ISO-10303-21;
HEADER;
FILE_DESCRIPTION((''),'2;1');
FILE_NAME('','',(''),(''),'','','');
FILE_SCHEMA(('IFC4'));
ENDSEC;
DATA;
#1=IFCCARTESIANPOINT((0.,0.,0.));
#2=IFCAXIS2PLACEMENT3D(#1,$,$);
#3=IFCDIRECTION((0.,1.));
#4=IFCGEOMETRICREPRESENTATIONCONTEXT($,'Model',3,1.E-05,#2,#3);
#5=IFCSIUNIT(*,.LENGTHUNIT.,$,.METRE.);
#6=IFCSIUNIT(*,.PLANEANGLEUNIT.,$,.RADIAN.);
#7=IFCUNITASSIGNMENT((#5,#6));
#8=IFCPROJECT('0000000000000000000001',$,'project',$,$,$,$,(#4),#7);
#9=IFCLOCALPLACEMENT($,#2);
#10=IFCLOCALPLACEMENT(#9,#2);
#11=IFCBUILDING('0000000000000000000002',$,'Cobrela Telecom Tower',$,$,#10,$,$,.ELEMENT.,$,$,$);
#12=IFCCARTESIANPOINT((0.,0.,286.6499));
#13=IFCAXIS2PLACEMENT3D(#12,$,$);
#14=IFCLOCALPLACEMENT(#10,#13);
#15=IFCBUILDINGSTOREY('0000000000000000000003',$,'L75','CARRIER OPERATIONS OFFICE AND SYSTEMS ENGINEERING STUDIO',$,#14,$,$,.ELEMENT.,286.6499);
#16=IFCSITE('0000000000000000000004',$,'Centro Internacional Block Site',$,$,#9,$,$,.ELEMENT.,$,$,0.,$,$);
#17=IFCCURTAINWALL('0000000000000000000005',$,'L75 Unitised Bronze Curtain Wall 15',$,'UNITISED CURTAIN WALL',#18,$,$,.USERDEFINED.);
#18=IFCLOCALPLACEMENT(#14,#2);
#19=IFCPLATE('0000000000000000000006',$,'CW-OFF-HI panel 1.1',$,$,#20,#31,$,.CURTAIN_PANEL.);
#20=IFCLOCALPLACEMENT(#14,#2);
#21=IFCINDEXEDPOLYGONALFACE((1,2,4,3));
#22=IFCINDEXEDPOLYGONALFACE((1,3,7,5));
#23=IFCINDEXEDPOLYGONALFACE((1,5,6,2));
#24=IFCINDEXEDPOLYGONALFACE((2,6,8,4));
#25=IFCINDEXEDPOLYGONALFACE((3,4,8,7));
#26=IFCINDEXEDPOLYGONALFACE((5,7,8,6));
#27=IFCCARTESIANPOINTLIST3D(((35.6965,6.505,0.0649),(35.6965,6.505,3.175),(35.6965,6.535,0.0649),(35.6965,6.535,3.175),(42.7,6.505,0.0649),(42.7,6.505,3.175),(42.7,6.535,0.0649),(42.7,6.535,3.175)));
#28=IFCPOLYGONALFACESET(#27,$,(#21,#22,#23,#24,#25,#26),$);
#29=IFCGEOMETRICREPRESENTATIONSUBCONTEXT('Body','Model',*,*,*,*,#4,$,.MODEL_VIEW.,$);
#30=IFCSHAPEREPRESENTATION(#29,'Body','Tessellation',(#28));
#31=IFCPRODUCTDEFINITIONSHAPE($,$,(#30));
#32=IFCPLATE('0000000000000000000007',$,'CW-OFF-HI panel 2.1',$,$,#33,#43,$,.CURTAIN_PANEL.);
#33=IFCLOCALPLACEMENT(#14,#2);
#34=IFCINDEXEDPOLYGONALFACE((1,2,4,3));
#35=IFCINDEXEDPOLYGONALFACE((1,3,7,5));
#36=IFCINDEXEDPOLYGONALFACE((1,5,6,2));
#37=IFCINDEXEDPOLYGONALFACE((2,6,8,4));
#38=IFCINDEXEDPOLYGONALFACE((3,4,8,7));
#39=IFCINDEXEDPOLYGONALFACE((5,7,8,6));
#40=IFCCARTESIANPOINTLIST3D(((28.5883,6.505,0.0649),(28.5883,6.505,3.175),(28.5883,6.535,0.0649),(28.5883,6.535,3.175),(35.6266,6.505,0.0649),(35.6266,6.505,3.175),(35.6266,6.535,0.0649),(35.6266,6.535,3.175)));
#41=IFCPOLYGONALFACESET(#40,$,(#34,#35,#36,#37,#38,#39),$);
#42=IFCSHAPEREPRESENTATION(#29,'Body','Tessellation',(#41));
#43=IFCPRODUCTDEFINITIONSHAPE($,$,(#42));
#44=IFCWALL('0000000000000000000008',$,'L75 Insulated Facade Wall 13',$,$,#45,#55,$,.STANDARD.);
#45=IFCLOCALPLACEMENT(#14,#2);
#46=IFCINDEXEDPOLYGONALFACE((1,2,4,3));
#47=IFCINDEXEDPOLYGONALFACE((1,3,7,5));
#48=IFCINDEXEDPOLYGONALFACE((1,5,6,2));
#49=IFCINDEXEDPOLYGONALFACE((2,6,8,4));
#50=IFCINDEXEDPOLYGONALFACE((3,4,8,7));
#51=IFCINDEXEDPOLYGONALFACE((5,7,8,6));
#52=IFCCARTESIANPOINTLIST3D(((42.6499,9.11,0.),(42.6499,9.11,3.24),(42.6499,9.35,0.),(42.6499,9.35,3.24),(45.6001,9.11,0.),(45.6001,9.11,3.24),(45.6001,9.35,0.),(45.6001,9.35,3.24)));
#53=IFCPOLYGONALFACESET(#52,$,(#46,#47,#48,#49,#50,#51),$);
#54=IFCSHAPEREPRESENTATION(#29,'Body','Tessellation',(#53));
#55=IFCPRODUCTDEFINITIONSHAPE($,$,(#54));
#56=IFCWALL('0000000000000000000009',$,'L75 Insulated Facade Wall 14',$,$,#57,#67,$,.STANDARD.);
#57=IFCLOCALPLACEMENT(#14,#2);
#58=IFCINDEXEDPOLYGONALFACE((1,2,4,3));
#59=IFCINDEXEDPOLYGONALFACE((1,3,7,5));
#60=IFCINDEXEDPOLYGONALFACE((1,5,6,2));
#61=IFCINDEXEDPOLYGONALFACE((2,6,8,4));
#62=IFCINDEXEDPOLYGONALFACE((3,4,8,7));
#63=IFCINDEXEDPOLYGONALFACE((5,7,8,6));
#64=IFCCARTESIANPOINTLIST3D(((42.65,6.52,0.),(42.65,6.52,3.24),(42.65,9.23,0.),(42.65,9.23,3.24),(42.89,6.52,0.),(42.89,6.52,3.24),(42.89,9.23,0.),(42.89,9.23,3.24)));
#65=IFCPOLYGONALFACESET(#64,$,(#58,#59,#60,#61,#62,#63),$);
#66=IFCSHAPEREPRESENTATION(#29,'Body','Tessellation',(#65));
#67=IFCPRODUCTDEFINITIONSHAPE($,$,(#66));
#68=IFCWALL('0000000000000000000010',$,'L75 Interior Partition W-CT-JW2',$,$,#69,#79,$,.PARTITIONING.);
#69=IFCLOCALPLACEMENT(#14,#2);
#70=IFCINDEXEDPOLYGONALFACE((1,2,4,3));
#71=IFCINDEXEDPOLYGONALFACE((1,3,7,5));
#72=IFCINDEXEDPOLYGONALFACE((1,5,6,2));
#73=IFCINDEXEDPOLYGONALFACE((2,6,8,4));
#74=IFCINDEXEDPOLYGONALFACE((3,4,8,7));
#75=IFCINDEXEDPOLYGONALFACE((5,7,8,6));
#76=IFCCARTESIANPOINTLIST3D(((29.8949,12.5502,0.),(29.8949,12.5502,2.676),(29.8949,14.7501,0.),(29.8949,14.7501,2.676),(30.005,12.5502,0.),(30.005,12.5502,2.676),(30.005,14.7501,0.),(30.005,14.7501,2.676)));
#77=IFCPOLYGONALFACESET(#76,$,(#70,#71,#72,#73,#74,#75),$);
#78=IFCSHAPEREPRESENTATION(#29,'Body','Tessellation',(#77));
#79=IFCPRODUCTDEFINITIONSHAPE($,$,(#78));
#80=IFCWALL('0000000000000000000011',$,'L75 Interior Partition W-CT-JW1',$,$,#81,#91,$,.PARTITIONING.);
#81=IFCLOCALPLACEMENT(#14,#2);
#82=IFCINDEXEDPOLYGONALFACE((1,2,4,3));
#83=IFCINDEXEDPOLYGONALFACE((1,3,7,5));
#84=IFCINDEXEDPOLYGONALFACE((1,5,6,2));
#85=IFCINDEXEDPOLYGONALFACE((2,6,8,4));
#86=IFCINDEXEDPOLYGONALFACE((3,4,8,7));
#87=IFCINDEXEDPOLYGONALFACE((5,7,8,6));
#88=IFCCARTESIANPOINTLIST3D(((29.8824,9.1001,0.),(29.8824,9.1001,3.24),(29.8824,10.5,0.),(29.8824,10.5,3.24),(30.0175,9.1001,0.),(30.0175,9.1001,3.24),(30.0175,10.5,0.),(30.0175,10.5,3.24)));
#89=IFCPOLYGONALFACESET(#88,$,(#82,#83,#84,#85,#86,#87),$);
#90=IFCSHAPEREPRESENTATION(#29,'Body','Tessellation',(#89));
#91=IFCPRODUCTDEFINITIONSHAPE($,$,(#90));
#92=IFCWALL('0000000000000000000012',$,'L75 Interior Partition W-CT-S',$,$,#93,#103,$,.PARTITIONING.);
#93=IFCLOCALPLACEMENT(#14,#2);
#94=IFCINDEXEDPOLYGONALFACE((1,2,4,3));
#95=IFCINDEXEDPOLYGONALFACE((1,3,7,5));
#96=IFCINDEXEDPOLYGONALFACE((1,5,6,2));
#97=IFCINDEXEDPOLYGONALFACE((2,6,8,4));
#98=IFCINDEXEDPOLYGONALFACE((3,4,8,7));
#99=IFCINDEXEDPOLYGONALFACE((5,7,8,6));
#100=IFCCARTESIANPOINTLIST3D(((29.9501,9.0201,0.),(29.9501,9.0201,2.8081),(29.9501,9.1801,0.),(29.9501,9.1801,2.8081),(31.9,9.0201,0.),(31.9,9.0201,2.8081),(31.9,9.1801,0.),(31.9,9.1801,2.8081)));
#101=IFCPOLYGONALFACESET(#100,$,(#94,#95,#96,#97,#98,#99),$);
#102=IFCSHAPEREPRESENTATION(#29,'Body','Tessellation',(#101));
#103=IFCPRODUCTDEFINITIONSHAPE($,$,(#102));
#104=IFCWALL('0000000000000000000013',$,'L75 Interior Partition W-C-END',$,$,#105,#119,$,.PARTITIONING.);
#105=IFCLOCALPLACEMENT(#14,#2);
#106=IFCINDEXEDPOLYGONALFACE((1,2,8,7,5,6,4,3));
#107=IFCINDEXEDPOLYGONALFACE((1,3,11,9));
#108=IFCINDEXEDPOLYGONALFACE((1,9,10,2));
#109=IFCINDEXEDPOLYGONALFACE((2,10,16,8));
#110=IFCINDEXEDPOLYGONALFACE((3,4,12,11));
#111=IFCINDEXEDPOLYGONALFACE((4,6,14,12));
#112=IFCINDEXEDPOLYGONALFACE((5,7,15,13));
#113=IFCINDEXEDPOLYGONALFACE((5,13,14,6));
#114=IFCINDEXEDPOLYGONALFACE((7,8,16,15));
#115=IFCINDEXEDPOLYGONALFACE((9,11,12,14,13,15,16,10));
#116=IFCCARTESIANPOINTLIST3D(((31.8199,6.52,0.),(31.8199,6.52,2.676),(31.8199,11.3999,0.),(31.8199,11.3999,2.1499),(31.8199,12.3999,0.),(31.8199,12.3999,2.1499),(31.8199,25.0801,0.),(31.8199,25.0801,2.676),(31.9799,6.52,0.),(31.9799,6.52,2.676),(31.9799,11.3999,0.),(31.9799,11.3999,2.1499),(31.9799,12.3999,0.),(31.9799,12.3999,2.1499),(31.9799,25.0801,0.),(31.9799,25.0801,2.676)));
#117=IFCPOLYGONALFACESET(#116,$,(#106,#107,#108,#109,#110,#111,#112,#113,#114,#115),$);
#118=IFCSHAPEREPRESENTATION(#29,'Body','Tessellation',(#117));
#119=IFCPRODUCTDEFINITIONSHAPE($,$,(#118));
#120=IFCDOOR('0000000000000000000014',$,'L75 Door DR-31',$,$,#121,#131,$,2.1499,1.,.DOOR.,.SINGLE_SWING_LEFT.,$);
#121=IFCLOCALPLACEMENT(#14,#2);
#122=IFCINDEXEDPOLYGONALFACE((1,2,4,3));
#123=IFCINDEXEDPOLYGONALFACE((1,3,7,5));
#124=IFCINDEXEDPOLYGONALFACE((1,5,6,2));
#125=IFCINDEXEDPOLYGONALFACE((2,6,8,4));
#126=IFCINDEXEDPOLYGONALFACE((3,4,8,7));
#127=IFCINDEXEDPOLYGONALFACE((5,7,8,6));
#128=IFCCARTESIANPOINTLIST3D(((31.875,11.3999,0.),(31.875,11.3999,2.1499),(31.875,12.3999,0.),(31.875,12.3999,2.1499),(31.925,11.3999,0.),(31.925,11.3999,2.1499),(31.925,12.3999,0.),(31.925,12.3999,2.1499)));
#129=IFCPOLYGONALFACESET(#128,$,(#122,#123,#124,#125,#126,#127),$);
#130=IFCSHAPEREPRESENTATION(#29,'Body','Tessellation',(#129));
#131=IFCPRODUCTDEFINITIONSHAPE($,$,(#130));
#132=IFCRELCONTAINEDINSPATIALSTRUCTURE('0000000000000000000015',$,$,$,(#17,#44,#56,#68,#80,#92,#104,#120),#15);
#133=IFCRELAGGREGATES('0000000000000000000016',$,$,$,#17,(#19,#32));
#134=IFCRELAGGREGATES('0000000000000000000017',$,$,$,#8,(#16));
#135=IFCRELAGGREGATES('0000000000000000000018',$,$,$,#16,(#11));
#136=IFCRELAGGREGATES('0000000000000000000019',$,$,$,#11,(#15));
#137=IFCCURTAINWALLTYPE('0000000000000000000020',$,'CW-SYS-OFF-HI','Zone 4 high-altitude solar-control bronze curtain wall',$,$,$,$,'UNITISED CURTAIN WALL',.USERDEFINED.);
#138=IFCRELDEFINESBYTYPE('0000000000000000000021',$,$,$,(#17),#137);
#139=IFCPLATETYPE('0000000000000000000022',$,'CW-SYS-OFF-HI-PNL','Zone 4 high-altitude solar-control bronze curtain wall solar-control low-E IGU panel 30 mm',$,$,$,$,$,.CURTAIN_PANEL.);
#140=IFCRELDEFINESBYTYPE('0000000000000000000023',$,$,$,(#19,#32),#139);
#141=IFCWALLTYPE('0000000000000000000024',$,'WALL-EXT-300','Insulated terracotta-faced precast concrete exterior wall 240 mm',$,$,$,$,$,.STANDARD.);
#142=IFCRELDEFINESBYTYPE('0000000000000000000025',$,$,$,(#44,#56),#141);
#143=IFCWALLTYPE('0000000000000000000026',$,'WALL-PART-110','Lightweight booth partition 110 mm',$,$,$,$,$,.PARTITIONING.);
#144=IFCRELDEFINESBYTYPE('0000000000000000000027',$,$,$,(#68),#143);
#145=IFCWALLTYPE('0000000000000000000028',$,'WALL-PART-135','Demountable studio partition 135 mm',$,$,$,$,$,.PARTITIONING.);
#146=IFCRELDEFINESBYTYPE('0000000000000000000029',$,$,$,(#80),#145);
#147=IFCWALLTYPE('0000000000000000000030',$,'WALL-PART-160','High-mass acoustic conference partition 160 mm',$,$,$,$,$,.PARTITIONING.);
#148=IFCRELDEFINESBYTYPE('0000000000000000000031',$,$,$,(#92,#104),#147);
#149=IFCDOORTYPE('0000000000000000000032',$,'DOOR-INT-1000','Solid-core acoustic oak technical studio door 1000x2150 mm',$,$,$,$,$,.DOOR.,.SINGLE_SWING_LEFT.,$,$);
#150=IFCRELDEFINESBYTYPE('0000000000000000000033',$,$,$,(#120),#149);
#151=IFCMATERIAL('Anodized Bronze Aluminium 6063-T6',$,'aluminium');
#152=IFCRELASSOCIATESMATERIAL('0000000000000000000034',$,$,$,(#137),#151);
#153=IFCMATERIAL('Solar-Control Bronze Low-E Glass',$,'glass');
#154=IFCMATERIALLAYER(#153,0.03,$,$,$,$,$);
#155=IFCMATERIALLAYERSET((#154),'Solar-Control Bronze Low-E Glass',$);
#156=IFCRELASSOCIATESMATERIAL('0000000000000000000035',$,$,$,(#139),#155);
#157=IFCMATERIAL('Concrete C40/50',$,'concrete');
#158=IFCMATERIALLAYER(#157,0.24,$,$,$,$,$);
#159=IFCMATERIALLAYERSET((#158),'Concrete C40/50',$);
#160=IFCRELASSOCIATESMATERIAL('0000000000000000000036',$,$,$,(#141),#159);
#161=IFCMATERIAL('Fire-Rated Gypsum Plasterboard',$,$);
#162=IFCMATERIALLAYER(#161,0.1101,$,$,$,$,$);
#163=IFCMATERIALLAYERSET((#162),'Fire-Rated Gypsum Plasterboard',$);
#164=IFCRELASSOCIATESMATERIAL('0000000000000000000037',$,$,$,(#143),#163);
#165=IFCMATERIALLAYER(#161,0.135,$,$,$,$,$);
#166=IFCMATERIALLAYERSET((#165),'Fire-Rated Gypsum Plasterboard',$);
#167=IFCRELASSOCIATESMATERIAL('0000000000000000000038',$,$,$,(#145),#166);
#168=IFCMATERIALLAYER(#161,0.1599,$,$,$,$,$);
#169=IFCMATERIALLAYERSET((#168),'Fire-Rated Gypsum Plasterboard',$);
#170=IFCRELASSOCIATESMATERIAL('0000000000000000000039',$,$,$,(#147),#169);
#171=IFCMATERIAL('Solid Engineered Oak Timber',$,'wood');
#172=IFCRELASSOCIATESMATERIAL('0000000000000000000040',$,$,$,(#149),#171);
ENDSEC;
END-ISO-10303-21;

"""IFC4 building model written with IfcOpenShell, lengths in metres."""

from ifc_helpers import new_model, si_unit, direction, frame, frame_2d, origin, origin_2d, place, context, subcontext, project, spatial, rectangle, extrude, material, layer, layer_set, type_object, element, fill, aggregate, save


model = new_model("IFC4")

# Units and contexts
model_context = context("Model", 3, precision=1e-05, world=origin(), true_north=direction((0.0, 1.0)))
body_context = subcontext(model_context, "Body", "Model", "MODEL_VIEW")
ifc_project = project(units=[si_unit("LENGTHUNIT", "METRE"), si_unit("PLANEANGLEUNIT", "RADIAN")], contexts=[model_context])

# Site, building, storey
site_placement = place(None, origin())
site = spatial("IfcSite", under=ifc_project, at=site_placement, Name="Centro Internacional Block Site", CompositionType="ELEMENT", RefElevation=0.0)
building_placement = place(site_placement, origin())
building = spatial("IfcBuilding", under=site, at=building_placement, Name="Cobrela Telecom Tower", CompositionType="ELEMENT")
storey_placement = place(building_placement, frame((0.0, 0.0, 286.6499)))
storey = spatial("IfcBuildingStorey", under=building, at=storey_placement, Name="L75", Description="CARRIER OPERATIONS OFFICE AND SYSTEMS ENGINEERING STUDIO", CompositionType="ELEMENT", Elevation=286.6499)

# Shared definitions
ifc_material_1 = material(Name="Anodized Bronze Aluminium 6063-T6", Category="aluminium")
curtain_wall_type = type_object("IfcCurtainWallType", Name="CW-SYS-OFF-HI", Description="Zone 4 high-altitude solar-control bronze curtain wall", ElementType="UNITISED CURTAIN WALL", PredefinedType="USERDEFINED", material=ifc_material_1)

# Curtain wall
curtain_wall_1_placement = place(storey_placement, origin())
curtain_wall_1 = element("IfcCurtainWall", 1, at=curtain_wall_1_placement, inside=storey, type_object=curtain_wall_type, Name="L75 Unitised Bronze Curtain Wall 15", ObjectType="UNITISED CURTAIN WALL", PredefinedType="USERDEFINED")

# Plates
ifc_material_2 = material(Name="Solar-Control Bronze Low-E Glass", Category="glass")
ifc_layer_1 = layer(ifc_material_2, 0.03)
ifc_layer_set_1 = layer_set([ifc_layer_1], Name="Solar-Control Bronze Low-E Glass")
plate_type = type_object("IfcPlateType", Name="CW-SYS-OFF-HI-PNL", Description="Zone 4 high-altitude solar-control bronze curtain wall solar-control low-E IGU panel 30 mm", PredefinedType="CURTAIN_PANEL", material=ifc_layer_set_1)
plate_1_placement = place(storey_placement, frame((39.1982, 6.52, 0.0649), z_axis=(0.0, 0.0, 1.0), x_axis=(-1.0, 0.0, 0.0)))
plate_1 = element("IfcPlate", 2, at=plate_1_placement, type_object=plate_type, Name="CW-OFF-HI panel 1.1", PredefinedType="CURTAIN_PANEL", context=body_context, shape_type="SweptSolid", body=[
    extrude(rectangle(XDim=7.0034, YDim=0.03, at=origin_2d()), origin(), (0.0, 0.0, 1.0), 3.1101),
])
plate_2_placement = place(storey_placement, frame((32.1074, 6.52, 0.0649), z_axis=(0.0, 0.0, 1.0), x_axis=(-1.0, 0.0, 0.0)))
plate_2 = element("IfcPlate", 3, at=plate_2_placement, type_object=plate_type, Name="CW-OFF-HI panel 2.1", PredefinedType="CURTAIN_PANEL", context=body_context, shape_type="SweptSolid", body=[
    extrude(rectangle(XDim=7.0383, YDim=0.03, at=origin_2d()), origin(), (0.0, 0.0, 1.0), 3.1101),
])
aggregate(curtain_wall_1, [plate_1, plate_2])

# Walls
ifc_material_3 = material(Name="Concrete C40/50", Category="concrete")
ifc_layer_2 = layer(ifc_material_3, 0.24)
ifc_layer_set_2 = layer_set([ifc_layer_2], Name="Concrete C40/50")
wall_type_1 = type_object("IfcWallType", Name="WALL-EXT-300", Description="Insulated terracotta-faced precast concrete exterior wall 240 mm", PredefinedType="STANDARD", material=ifc_layer_set_2)
wall_1_placement = place(storey_placement, frame((45.6001, 9.23, 0.0), z_axis=(0.0, 0.0, 1.0), x_axis=(-1.0, 0.0, 0.0)))
element("IfcWall", 4, at=wall_1_placement, inside=storey, type_object=wall_type_1, Name="L75 Insulated Facade Wall 13", PredefinedType="STANDARD", context=body_context, shape_type="SweptSolid", body=[
    extrude(rectangle(XDim=2.9502, YDim=0.24, at=frame_2d((1.4751, 0.0))), origin(), (0.0, 0.0, 1.0), 3.24),
])
wall_2_placement = place(storey_placement, frame((42.77, 9.23, 0.0), z_axis=(0.0, 0.0, 1.0), x_axis=(0.0, -1.0, 0.0)))
element("IfcWall", 5, at=wall_2_placement, inside=storey, type_object=wall_type_1, Name="L75 Insulated Facade Wall 14", PredefinedType="STANDARD", context=body_context, shape_type="SweptSolid", body=[
    extrude(rectangle(XDim=2.71, YDim=0.24, at=frame_2d((1.355, 0.0))), origin(), (0.0, 0.0, 1.0), 3.24),
])
ifc_material_4 = material(Name="Fire-Rated Gypsum Plasterboard")
ifc_layer_3 = layer(ifc_material_4, 0.1101)
ifc_layer_set_3 = layer_set([ifc_layer_3], Name="Fire-Rated Gypsum Plasterboard")
wall_type_2 = type_object("IfcWallType", Name="WALL-PART-110", Description="Lightweight booth partition 110 mm", PredefinedType="PARTITIONING", material=ifc_layer_set_3)
wall_3_placement = place(storey_placement, frame((29.95, 12.55, 0.0), z_axis=(0.0, 0.0, 1.0), x_axis=(0.0, 1.0, 0.0)))
element("IfcWall", 6, at=wall_3_placement, inside=storey, type_object=wall_type_2, Name="L75 Interior Partition W-CT-JW2", PredefinedType="PARTITIONING", context=body_context, shape_type="SweptSolid", body=[
    extrude(rectangle(XDim=2.2, YDim=0.1101, at=frame_2d((1.1001, 0.0))), origin(), (0.0, 0.0, 1.0), 2.676),
])
ifc_layer_4 = layer(ifc_material_4, 0.135)
ifc_layer_set_4 = layer_set([ifc_layer_4], Name="Fire-Rated Gypsum Plasterboard")
wall_type_3 = type_object("IfcWallType", Name="WALL-PART-135", Description="Demountable studio partition 135 mm", PredefinedType="PARTITIONING", material=ifc_layer_set_4)
wall_4_placement = place(storey_placement, frame((29.95, 9.1001, 0.0), z_axis=(0.0, 0.0, 1.0), x_axis=(0.0, 1.0, 0.0)))
element("IfcWall", 7, at=wall_4_placement, inside=storey, type_object=wall_type_3, Name="L75 Interior Partition W-CT-JW1", PredefinedType="PARTITIONING", context=body_context, shape_type="SweptSolid", body=[
    extrude(rectangle(XDim=1.3999, YDim=0.135, at=frame_2d((0.7, 0.0))), origin(), (0.0, 0.0, 1.0), 3.24),
])
ifc_layer_5 = layer(ifc_material_4, 0.1599)
ifc_layer_set_5 = layer_set([ifc_layer_5], Name="Fire-Rated Gypsum Plasterboard")
wall_type_4 = type_object("IfcWallType", Name="WALL-PART-160", Description="High-mass acoustic conference partition 160 mm", PredefinedType="PARTITIONING", material=ifc_layer_set_5)
wall_5_placement = place(storey_placement, frame((29.95, 9.1001, 0.0), z_axis=(0.0, 0.0, 1.0), x_axis=(1.0, 0.0, 0.0)))
element("IfcWall", 8, at=wall_5_placement, inside=storey, type_object=wall_type_4, Name="L75 Interior Partition W-CT-S", PredefinedType="PARTITIONING", context=body_context, shape_type="SweptSolid", body=[
    extrude(rectangle(XDim=1.95, YDim=0.1599, at=frame_2d((0.9751, 0.0))), origin(), (0.0, 0.0, 1.0), 2.8081),
])

# Wall, opening, door
wall_6_placement = place(storey_placement, frame((31.8999, 6.52, 0.0), z_axis=(0.0, 0.0, 1.0), x_axis=(0.0, 1.0, 0.0)))
wall_6 = element("IfcWall", 9, at=wall_6_placement, inside=storey, type_object=wall_type_4, Name="L75 Interior Partition W-C-END", PredefinedType="PARTITIONING", context=body_context, shape_type="SweptSolid", body=[
    extrude(rectangle(XDim=18.5601, YDim=0.1599, at=frame_2d((9.28, 0.0))), origin(), (0.0, 0.0, 1.0), 2.676),
])
opening_placement = place(wall_6_placement, frame((4.8799, 0.0, 0.0)))
opening = element("IfcOpeningElement", 10, at=opening_placement, cuts=wall_6, PredefinedType="OPENING", context=body_context, shape_type="SweptSolid", body=[
    extrude(rectangle(XDim=1.0, YDim=2.1499, at=frame_2d((0.5, 1.075))), frame((0.0, 0.0918, 0.0), z_axis=(0.0, -1.0, 0.0), x_axis=(1.0, 0.0, 0.0)), (0.0, 0.0, 1.0), 0.1838),
])
ifc_material_5 = material(Name="Solid Engineered Oak Timber", Category="wood")
door_type = type_object("IfcDoorType", Name="DOOR-INT-1000", Description="Solid-core acoustic oak technical studio door 1000x2150 mm", OperationType="SINGLE_SWING_LEFT", PredefinedType="DOOR", material=ifc_material_5)
door_placement = place(opening_placement, origin())
door = element("IfcDoor", 11, at=door_placement, inside=storey, type_object=door_type, Name="L75 Door DR-31", OperationType="SINGLE_SWING_LEFT", OverallHeight=2.1499, OverallWidth=1.0, PredefinedType="DOOR", context=body_context, shape_type="SweptSolid", body=[
    extrude(rectangle(XDim=1.0, YDim=2.1499, at=frame_2d((0.5, 1.075))), frame((0.0, 0.0249, 0.0), z_axis=(0.0, -1.0, 0.0), x_axis=(1.0, 0.0, 0.0)), (0.0, 0.0, 1.0), 0.05),
])
fill(opening, door)

save(model, "model.ifc")
